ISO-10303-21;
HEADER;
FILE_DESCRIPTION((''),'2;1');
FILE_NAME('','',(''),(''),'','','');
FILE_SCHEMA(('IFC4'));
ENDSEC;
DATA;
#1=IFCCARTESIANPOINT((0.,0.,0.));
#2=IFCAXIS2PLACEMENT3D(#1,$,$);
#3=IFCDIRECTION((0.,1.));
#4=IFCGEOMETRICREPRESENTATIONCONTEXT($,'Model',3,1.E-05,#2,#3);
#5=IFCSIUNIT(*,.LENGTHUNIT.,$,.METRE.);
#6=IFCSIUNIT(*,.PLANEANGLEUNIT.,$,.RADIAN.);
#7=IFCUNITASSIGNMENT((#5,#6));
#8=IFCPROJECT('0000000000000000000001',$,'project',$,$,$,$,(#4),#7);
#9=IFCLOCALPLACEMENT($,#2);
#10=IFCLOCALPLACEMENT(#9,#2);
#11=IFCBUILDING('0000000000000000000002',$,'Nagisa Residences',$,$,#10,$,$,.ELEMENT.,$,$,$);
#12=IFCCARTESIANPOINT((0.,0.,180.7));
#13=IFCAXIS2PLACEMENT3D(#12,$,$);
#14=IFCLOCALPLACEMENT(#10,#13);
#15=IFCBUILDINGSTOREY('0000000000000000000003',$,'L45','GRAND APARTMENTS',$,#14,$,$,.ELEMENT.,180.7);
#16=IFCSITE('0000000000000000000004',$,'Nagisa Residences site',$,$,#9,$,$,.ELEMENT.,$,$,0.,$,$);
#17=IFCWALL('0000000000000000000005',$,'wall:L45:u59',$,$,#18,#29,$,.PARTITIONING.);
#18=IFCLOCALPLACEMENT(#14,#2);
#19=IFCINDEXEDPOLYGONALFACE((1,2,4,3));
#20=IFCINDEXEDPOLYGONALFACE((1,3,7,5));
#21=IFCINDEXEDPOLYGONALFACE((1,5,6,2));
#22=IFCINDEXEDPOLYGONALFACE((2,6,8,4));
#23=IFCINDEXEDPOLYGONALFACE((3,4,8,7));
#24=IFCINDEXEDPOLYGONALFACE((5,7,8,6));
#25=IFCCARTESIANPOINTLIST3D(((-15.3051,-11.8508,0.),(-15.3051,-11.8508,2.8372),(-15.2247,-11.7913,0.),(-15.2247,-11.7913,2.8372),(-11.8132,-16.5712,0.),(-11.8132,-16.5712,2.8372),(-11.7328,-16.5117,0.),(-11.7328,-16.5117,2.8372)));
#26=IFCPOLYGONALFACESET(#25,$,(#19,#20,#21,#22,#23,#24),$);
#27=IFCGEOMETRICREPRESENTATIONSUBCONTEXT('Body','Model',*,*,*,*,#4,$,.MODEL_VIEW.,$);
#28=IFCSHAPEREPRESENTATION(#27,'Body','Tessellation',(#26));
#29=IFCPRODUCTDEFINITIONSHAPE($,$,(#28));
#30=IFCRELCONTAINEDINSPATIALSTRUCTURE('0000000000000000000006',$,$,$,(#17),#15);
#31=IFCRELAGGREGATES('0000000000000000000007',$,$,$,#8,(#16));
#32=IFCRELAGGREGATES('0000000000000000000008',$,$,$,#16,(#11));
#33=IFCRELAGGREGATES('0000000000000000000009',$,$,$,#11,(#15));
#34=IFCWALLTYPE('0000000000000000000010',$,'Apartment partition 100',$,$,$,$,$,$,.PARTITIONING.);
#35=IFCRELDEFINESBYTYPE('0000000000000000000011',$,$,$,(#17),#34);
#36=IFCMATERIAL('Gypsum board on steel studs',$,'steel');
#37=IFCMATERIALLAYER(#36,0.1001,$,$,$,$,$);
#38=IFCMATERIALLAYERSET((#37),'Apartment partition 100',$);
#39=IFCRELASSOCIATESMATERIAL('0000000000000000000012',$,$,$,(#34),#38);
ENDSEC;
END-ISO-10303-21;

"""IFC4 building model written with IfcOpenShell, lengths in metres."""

from ifc_helpers import new_model, si_unit, direction, frame, frame_2d, origin, place, context, subcontext, project, spatial, rectangle, extrude, material, layer, layer_set, type_object, element, save


model = new_model("IFC4")

# Units and contexts
model_context = context("Model", 3, precision=1e-05, world=origin(), true_north=direction((0.0, 1.0)))
body_context = subcontext(model_context, "Body", "Model", "MODEL_VIEW")
ifc_project = project(units=[si_unit("LENGTHUNIT", "METRE"), si_unit("PLANEANGLEUNIT", "RADIAN")], contexts=[model_context])

# Site, building, storey
site_placement = place(None, origin())
site = spatial("IfcSite", under=ifc_project, at=site_placement, Name="Nagisa Residences site", CompositionType="ELEMENT", RefElevation=0.0)
building_placement = place(site_placement, origin())
building = spatial("IfcBuilding", under=site, at=building_placement, Name="Nagisa Residences", CompositionType="ELEMENT")
storey_placement = place(building_placement, frame((0.0, 0.0, 180.7)))
storey = spatial("IfcBuildingStorey", under=building, at=storey_placement, Name="L45", Description="GRAND APARTMENTS", CompositionType="ELEMENT", Elevation=180.7)

# Shared definitions
ifc_material_1 = material(Name="Gypsum board on steel studs", Category="steel")
ifc_layer_1 = layer(ifc_material_1, 0.1001)
ifc_layer_set_1 = layer_set([ifc_layer_1], Name="Apartment partition 100")
wall_type_1 = type_object("IfcWallType", Name="Apartment partition 100", PredefinedType="PARTITIONING", material=ifc_layer_set_1)

# Wall
wall_1_placement = place(storey_placement, frame((-15.2649, -11.821, 0.0), z_axis=(0.0, 0.0, 1.0), x_axis=(0.594711, -0.803939, 0.0)))
element("IfcWall", 1, at=wall_1_placement, inside=storey, type_object=wall_type_1, Name="wall:L45:u59", PredefinedType="PARTITIONING", context=body_context, shape_type="SweptSolid", body=[
    extrude(rectangle(XDim=5.8716, YDim=0.1001, at=frame_2d((2.9358, 0.0))), origin(), (0.0, 0.0, 1.0), 2.8372),
])

save(model, "model.ifc")
